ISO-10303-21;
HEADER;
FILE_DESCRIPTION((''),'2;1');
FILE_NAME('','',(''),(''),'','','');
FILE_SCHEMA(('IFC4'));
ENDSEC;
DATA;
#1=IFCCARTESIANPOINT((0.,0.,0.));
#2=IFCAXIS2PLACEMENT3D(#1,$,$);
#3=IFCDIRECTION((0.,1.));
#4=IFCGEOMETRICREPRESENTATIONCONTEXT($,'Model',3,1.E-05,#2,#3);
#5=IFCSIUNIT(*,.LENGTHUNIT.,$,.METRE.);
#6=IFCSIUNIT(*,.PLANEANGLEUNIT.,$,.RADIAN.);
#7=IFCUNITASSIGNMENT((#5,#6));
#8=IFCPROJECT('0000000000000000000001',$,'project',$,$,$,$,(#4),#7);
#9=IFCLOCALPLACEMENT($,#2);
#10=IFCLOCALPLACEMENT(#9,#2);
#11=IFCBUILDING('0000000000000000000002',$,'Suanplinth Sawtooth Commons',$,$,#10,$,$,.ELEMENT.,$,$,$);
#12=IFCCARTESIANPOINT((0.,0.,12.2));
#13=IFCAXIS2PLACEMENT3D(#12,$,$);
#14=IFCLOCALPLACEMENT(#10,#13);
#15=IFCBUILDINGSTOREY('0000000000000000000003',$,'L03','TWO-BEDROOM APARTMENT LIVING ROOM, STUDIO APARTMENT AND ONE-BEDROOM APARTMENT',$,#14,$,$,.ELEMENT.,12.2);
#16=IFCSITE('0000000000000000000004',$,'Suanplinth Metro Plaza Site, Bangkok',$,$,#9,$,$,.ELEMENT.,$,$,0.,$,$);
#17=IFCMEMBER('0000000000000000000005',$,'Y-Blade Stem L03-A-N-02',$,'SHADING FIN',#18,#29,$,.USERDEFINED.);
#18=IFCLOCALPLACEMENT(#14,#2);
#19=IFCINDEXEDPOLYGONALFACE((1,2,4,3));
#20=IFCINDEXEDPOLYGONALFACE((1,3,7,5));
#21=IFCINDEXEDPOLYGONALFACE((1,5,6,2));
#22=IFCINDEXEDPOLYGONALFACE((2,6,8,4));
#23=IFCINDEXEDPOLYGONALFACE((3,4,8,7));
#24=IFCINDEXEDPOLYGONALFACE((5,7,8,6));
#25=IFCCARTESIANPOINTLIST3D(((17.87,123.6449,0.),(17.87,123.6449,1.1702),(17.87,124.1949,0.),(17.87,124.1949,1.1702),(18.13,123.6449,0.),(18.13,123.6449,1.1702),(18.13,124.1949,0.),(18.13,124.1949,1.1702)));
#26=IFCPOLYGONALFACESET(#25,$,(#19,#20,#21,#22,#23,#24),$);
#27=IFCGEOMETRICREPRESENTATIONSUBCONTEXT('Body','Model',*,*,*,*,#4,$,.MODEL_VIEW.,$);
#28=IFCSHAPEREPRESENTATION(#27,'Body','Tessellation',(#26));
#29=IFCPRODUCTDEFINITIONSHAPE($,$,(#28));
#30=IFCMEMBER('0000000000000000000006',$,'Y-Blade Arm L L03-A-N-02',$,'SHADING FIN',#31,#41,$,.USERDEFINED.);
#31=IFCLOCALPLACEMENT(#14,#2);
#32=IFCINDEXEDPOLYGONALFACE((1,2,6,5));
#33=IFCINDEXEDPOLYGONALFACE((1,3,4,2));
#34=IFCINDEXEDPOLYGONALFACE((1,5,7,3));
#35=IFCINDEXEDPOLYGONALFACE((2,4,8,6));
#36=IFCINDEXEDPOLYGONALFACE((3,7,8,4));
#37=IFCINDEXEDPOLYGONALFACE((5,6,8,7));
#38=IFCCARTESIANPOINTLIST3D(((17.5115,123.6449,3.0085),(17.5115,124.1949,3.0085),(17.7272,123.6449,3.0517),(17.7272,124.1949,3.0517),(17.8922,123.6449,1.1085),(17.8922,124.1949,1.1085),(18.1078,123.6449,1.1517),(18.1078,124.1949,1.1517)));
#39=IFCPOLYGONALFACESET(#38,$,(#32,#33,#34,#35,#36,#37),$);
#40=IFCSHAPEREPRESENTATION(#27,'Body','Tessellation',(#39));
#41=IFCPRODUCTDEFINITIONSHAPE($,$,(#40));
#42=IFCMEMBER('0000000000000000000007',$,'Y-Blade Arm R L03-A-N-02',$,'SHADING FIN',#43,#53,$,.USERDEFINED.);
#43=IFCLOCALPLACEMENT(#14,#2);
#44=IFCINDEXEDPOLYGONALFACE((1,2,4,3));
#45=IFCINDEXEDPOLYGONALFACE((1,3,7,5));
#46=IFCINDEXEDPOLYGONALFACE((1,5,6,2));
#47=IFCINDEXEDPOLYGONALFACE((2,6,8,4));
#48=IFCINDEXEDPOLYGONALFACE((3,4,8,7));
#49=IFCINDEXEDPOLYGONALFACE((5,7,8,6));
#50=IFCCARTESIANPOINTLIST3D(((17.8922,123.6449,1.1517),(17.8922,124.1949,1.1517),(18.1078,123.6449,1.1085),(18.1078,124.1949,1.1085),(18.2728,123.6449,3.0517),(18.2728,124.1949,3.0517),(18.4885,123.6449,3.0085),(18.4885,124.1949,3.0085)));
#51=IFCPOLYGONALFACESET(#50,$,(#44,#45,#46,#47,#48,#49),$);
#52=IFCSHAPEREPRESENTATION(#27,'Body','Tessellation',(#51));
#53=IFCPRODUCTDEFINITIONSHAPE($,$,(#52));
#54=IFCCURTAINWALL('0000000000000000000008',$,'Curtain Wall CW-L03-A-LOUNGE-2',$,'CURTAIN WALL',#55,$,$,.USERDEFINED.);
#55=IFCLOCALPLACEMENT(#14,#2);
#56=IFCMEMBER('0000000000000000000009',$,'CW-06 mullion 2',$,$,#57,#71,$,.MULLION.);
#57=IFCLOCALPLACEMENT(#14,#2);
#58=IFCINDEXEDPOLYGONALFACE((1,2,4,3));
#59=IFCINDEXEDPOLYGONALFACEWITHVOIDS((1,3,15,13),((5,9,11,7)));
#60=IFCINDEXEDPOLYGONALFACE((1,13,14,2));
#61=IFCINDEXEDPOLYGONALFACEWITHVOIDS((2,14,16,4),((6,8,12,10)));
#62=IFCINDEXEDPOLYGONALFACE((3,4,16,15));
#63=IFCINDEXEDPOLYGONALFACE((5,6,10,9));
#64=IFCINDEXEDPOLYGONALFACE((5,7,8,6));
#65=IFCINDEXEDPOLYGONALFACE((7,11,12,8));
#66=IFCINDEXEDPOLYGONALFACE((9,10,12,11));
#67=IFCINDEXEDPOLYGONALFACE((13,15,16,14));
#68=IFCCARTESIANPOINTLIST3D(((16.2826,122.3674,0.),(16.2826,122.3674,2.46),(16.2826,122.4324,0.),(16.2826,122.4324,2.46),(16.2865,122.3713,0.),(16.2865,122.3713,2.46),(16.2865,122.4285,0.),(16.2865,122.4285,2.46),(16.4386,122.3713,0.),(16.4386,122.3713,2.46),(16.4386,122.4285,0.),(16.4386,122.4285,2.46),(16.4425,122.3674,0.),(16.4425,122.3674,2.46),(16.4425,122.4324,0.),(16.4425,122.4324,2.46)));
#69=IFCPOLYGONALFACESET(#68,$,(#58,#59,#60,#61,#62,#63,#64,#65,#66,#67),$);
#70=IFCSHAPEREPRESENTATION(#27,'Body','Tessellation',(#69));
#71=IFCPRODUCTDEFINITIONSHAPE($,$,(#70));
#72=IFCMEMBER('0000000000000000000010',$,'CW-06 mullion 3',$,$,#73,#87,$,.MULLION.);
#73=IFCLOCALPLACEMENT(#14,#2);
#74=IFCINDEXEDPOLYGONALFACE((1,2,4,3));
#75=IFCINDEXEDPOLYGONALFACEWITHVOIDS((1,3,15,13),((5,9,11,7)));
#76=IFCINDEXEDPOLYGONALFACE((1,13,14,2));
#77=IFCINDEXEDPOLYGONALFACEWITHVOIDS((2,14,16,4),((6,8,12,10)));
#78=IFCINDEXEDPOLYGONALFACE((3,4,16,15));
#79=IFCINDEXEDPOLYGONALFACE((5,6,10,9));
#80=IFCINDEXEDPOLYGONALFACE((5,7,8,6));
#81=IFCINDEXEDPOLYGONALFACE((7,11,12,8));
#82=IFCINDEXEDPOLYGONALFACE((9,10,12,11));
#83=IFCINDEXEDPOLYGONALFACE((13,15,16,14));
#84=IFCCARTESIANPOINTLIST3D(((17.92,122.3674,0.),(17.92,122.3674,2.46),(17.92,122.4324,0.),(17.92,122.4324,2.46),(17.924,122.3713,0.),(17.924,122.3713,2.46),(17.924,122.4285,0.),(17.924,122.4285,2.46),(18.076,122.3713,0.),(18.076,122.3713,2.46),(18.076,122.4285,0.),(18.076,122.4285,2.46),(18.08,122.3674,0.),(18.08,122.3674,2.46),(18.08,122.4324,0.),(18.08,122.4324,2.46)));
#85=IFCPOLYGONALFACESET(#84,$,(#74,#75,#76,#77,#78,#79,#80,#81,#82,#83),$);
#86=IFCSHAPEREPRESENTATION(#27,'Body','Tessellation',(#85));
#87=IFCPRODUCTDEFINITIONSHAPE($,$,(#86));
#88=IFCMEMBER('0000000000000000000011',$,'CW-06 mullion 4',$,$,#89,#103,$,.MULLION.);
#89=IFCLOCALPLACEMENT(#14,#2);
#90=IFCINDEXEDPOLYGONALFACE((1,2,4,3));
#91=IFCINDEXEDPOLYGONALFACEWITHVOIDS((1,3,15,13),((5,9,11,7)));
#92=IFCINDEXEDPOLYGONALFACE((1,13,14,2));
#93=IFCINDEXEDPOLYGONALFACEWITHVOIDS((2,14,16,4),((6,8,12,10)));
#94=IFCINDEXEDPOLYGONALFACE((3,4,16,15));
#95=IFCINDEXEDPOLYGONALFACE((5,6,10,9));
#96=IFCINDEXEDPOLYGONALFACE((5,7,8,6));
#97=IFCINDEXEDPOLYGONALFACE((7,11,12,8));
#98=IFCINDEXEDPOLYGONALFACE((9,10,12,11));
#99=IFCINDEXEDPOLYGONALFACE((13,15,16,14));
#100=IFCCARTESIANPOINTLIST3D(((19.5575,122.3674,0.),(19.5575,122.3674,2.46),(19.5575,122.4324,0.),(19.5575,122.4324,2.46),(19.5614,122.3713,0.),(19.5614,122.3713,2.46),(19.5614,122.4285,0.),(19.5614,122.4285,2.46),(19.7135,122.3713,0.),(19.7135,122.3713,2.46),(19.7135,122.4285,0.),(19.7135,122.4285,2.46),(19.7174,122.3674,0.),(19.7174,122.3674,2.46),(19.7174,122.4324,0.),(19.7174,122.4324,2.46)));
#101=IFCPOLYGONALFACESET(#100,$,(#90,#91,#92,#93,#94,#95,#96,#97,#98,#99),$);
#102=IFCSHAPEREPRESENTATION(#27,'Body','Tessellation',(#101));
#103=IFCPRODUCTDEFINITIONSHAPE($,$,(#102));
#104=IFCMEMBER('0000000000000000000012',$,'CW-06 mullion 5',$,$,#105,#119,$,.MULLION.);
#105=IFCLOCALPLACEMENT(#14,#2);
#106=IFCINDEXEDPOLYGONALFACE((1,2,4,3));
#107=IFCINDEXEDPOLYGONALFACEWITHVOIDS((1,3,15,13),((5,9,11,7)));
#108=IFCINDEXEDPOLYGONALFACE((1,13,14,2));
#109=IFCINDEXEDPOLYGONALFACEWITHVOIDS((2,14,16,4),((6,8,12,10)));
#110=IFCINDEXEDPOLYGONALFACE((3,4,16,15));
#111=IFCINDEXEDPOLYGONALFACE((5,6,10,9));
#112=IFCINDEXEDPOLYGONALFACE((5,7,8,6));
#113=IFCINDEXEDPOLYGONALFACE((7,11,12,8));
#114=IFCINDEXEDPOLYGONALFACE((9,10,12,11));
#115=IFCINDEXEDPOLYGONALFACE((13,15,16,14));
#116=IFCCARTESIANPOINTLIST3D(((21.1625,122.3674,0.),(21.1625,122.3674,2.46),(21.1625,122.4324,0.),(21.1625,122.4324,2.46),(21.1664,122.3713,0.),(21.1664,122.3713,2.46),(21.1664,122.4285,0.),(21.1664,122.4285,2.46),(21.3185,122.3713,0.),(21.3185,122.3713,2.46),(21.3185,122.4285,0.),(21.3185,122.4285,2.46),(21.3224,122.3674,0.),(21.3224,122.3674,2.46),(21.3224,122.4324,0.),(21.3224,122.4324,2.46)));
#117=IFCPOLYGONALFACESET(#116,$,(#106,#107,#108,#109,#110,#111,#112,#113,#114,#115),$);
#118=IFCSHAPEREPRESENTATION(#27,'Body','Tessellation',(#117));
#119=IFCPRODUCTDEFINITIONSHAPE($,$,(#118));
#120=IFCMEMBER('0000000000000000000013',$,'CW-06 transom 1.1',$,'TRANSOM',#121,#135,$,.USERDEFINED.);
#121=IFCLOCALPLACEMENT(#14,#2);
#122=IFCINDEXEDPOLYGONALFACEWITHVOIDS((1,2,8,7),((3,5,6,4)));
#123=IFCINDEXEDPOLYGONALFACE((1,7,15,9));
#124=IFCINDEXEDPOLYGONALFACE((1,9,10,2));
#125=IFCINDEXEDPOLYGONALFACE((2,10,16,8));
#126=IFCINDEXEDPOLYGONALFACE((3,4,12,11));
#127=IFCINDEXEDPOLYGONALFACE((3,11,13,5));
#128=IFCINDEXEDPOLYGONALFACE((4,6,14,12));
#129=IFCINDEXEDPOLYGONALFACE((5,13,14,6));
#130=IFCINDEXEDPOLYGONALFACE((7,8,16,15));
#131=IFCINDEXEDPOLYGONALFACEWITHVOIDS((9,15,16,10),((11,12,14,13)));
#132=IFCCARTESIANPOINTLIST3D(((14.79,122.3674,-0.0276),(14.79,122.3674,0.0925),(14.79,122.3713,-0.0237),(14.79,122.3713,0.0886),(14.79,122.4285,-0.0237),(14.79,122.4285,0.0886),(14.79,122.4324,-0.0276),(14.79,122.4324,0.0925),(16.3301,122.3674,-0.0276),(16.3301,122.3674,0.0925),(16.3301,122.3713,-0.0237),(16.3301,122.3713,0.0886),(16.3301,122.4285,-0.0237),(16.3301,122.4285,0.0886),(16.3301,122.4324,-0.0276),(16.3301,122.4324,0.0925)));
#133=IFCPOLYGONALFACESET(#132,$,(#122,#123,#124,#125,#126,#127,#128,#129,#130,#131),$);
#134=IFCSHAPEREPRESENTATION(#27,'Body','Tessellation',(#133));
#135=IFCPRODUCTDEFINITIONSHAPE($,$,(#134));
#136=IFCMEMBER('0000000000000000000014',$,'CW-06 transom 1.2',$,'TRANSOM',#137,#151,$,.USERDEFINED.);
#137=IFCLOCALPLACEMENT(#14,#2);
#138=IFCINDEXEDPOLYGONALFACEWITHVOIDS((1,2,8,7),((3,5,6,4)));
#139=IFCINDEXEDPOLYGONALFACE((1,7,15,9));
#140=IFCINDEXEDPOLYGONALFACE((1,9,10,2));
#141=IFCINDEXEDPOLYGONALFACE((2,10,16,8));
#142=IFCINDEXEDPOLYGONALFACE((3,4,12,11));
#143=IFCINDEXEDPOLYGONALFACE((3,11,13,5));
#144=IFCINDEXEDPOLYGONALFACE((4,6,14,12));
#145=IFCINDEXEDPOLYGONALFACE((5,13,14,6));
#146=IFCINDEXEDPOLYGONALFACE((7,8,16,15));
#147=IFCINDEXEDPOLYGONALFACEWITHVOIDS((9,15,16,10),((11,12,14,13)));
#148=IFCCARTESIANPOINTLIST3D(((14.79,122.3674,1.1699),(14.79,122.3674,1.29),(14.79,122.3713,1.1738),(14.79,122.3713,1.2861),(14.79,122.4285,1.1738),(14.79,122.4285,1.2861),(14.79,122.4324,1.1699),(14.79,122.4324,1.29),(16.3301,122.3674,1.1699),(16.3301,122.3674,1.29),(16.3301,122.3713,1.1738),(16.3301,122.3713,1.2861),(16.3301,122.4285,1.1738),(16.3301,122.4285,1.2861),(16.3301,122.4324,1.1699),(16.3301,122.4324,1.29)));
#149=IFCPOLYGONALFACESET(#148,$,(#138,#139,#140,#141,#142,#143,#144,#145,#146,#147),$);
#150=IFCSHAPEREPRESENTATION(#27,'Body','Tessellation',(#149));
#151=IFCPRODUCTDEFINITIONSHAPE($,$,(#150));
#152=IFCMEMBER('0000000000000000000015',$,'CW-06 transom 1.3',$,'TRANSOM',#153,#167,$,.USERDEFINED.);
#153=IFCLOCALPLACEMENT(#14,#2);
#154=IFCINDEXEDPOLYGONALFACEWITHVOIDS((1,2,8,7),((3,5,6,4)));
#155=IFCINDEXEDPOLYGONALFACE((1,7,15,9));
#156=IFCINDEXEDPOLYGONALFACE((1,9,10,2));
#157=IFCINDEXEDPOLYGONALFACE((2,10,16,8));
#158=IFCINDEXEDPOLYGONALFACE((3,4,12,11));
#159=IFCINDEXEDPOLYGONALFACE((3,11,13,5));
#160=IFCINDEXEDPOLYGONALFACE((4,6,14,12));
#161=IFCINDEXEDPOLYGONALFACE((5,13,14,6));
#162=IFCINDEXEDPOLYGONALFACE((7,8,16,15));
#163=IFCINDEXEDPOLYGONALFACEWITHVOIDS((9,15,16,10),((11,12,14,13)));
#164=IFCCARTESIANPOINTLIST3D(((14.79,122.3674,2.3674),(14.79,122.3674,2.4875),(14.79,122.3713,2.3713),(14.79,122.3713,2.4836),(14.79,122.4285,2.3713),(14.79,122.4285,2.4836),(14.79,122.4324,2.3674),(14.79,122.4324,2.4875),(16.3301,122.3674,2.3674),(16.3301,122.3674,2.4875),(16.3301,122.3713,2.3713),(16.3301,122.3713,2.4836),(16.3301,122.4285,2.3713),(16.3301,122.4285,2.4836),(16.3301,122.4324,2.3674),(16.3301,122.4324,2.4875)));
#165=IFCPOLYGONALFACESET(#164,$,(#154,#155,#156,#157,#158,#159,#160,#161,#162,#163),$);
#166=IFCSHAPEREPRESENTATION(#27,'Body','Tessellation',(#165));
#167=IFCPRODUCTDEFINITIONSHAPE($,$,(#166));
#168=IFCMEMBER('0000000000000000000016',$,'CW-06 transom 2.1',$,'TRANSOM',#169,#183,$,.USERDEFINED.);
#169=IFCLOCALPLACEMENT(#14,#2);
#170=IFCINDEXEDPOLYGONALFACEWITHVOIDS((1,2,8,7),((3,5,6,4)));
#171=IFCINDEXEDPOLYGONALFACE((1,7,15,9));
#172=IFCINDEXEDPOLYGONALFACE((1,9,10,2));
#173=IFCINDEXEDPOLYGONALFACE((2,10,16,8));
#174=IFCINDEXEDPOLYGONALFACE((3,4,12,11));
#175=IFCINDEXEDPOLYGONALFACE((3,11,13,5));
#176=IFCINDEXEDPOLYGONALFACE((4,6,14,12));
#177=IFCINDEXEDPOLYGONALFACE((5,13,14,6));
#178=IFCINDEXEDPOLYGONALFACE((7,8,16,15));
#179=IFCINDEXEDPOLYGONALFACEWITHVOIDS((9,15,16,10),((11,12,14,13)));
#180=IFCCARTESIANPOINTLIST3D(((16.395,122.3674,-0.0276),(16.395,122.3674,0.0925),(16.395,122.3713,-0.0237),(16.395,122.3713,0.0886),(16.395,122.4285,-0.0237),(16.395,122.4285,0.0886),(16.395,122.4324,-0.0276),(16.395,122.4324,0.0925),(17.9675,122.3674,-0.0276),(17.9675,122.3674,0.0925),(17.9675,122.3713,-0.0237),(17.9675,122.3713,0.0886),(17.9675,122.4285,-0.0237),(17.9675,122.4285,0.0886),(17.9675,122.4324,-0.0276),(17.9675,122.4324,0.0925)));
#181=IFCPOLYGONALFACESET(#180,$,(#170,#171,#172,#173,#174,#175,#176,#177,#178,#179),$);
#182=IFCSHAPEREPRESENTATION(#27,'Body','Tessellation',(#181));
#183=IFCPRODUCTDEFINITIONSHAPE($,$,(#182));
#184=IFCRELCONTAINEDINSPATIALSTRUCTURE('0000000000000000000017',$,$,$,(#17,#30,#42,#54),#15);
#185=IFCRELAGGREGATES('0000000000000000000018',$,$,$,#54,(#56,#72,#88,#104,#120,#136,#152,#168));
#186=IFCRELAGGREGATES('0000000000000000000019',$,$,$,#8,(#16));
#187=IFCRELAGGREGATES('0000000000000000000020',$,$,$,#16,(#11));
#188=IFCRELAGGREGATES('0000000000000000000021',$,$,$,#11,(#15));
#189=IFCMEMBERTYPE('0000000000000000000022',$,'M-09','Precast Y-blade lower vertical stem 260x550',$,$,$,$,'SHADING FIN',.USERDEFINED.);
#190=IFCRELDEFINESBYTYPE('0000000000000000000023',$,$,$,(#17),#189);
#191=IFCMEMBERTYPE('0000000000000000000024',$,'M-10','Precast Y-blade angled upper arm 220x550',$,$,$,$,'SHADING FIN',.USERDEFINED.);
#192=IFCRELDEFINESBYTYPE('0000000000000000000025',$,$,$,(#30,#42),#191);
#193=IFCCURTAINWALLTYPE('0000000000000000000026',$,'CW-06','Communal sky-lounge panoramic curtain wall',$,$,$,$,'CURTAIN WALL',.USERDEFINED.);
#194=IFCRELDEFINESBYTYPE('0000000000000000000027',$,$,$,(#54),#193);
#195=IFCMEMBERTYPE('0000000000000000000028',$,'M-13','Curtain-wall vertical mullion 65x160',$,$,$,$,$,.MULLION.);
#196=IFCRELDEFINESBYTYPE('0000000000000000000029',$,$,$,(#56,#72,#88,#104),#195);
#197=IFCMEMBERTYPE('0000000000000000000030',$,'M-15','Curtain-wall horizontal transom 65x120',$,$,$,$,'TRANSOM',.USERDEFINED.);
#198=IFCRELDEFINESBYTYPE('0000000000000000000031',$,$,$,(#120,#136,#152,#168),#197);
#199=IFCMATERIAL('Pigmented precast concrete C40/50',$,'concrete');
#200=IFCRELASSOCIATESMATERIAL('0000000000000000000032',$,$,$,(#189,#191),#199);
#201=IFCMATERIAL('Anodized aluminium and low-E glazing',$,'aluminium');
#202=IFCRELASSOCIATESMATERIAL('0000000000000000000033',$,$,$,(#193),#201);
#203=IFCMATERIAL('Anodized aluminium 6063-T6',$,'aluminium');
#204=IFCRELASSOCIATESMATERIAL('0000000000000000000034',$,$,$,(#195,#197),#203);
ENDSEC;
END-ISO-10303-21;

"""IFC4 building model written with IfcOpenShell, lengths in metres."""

from ifc_helpers import new_model, si_unit, direction, frame, origin, origin_2d, place, context, subcontext, project, spatial, rectangle, hollow_rectangle, extrude, material, material_profile, profile_set, type_object, element, aggregate, save


model = new_model("IFC4")

# Units and contexts
model_context = context("Model", 3, precision=1e-05, world=origin(), true_north=direction((0.0, 1.0)))
body_context = subcontext(model_context, "Body", "Model", "MODEL_VIEW")
ifc_project = project(units=[si_unit("LENGTHUNIT", "METRE"), si_unit("PLANEANGLEUNIT", "RADIAN")], contexts=[model_context])

# Site, building, storey
site_placement = place(None, origin())
site = spatial("IfcSite", under=ifc_project, at=site_placement, Name="Suanplinth Metro Plaza Site, Bangkok", CompositionType="ELEMENT", RefElevation=0.0)
building_placement = place(site_placement, origin())
building = spatial("IfcBuilding", under=site, at=building_placement, Name="Suanplinth Sawtooth Commons", CompositionType="ELEMENT")
storey_placement = place(building_placement, frame((0.0, 0.0, 12.2)))
storey = spatial("IfcBuildingStorey", under=building, at=storey_placement, Name="L03", Description="TWO-BEDROOM APARTMENT LIVING ROOM, STUDIO APARTMENT AND ONE-BEDROOM APARTMENT", CompositionType="ELEMENT", Elevation=12.2)

# Members
ifc_material_1 = material(Name="Pigmented precast concrete C40/50", Category="concrete")
ifc_material_profile_1 = material_profile(ifc_material_1, rectangle(XDim=0.26, YDim=0.55, at=origin_2d()), Name="PC-FIN 260x550")
ifc_profile_set_1 = profile_set([ifc_material_profile_1], Name="Pigmented precast concrete C40/50")
member_type_1 = type_object("IfcMemberType", Name="M-09", Description="Precast Y-blade lower vertical stem 260x550", ElementType="SHADING FIN", PredefinedType="USERDEFINED", material=ifc_profile_set_1)
member_1_placement = place(storey_placement, frame((18.0, 123.9199, 0.0), z_axis=(0.0, 0.0, 1.0), x_axis=(1.0, 0.0, 0.0)))
element("IfcMember", 1, at=member_1_placement, inside=storey, type_object=member_type_1, Name="Y-Blade Stem L03-A-N-02", ObjectType="SHADING FIN", PredefinedType="USERDEFINED", context=body_context, shape_type="SweptSolid", body=[
    extrude(rectangle(XDim=0.26, YDim=0.55, at=origin_2d()), origin(), (0.0, 0.0, 1.0), 1.1702),
])
ifc_material_profile_2 = material_profile(ifc_material_1, rectangle(XDim=0.22, YDim=0.55, at=origin_2d()), Name="PC-FIN 220x550")
ifc_profile_set_2 = profile_set([ifc_material_profile_2], Name="Pigmented precast concrete C40/50")
member_type_2 = type_object("IfcMemberType", Name="M-10", Description="Precast Y-blade angled upper arm 220x550", ElementType="SHADING FIN", PredefinedType="USERDEFINED", material=ifc_profile_set_2)
for number, where, z_axis, x_axis, name in (
    (2, (18.0, 123.9199, 1.1301), (-0.196431, 0.0, 0.980518), (0.980518, 0.0, 0.196431), "Y-Blade Arm L L03-A-N-02"),
    (3, (18.0, 123.9199, 1.1301), (0.196431, 0.0, 0.980518), (-0.980518, 0.0, 0.196431), "Y-Blade Arm R L03-A-N-02"),
):
    element("IfcMember", number, at=place(storey_placement, frame(where, z_axis=z_axis, x_axis=x_axis)), inside=storey, type_object=member_type_2, Name=name, ObjectType="SHADING FIN", PredefinedType="USERDEFINED", context=body_context, shape_type="SweptSolid", body=[
        extrude(rectangle(XDim=0.22, YDim=0.55, at=origin_2d()), origin(), (0.0, 0.0, 1.0), 1.9377),
    ])

# Curtain wall, members
ifc_material_2 = material(Name="Anodized aluminium and low-E glazing", Category="aluminium")
curtain_wall_type = type_object("IfcCurtainWallType", Name="CW-06", Description="Communal sky-lounge panoramic curtain wall", ElementType="CURTAIN WALL", PredefinedType="USERDEFINED", material=ifc_material_2)
curtain_wall_placement = place(storey_placement, origin())
curtain_wall = element("IfcCurtainWall", 4, at=curtain_wall_placement, inside=storey, type_object=curtain_wall_type, Name="Curtain Wall CW-L03-A-LOUNGE-2", ObjectType="CURTAIN WALL", PredefinedType="USERDEFINED")
ifc_material_3 = material(Name="Anodized aluminium 6063-T6", Category="aluminium")
ifc_material_profile_3 = material_profile(ifc_material_3, hollow_rectangle(XDim=0.0649, YDim=0.1599, WallThickness=0.0039, at=origin_2d()), Name="ALU-MUL 65x160")
ifc_profile_set_3 = profile_set([ifc_material_profile_3], Name="Anodized aluminium 6063-T6")
member_type_3 = type_object("IfcMemberType", Name="M-13", Description="Curtain-wall vertical mullion 65x160", PredefinedType="MULLION", material=ifc_profile_set_3)
member_2_placement = place(storey_placement, frame((16.3625, 122.3999, 0.0), z_axis=(0.0, 0.0, 1.0), x_axis=(0.0, 1.0, 0.0)))
member_2 = element("IfcMember", 5, at=member_2_placement, type_object=member_type_3, Name="CW-06 mullion 2", PredefinedType="MULLION", context=body_context, shape_type="SweptSolid", body=[
    extrude(hollow_rectangle(XDim=0.0649, YDim=0.1599, WallThickness=0.0039, at=origin_2d()), origin(), (0.0, 0.0, 1.0), 2.46),
])
member_3_placement = place(storey_placement, frame((18.0, 122.3999, 0.0), z_axis=(0.0, 0.0, 1.0), x_axis=(0.0, 1.0, 0.0)))
member_3 = element("IfcMember", 6, at=member_3_placement, type_object=member_type_3, Name="CW-06 mullion 3", PredefinedType="MULLION", context=body_context, shape_type="SweptSolid", body=[
    extrude(hollow_rectangle(XDim=0.0649, YDim=0.1599, WallThickness=0.0039, at=origin_2d()), origin(), (0.0, 0.0, 1.0), 2.46),
])
member_4_placement = place(storey_placement, frame((19.6375, 122.3999, 0.0), z_axis=(0.0, 0.0, 1.0), x_axis=(0.0, 1.0, 0.0)))
member_4 = element("IfcMember", 7, at=member_4_placement, type_object=member_type_3, Name="CW-06 mullion 4", PredefinedType="MULLION", context=body_context, shape_type="SweptSolid", body=[
    extrude(hollow_rectangle(XDim=0.0649, YDim=0.1599, WallThickness=0.0039, at=origin_2d()), origin(), (0.0, 0.0, 1.0), 2.46),
])
member_5_placement = place(storey_placement, frame((21.2424, 122.3999, 0.0), z_axis=(0.0, 0.0, 1.0), x_axis=(0.0, 1.0, 0.0)))
member_5 = element("IfcMember", 8, at=member_5_placement, type_object=member_type_3, Name="CW-06 mullion 5", PredefinedType="MULLION", context=body_context, shape_type="SweptSolid", body=[
    extrude(hollow_rectangle(XDim=0.0649, YDim=0.1599, WallThickness=0.0039, at=origin_2d()), origin(), (0.0, 0.0, 1.0), 2.46),
])
ifc_material_profile_4 = material_profile(ifc_material_3, hollow_rectangle(XDim=0.0649, YDim=0.1201, WallThickness=0.0039, at=origin_2d()), Name="ALU-TRN 65x120")
ifc_profile_set_4 = profile_set([ifc_material_profile_4], Name="Anodized aluminium 6063-T6")
member_type_4 = type_object("IfcMemberType", Name="M-15", Description="Curtain-wall horizontal transom 65x120", ElementType="TRANSOM", PredefinedType="USERDEFINED", material=ifc_profile_set_4)
member_6_placement = place(storey_placement, frame((14.79, 122.3999, 0.0325), z_axis=(1.0, 0.0, 0.0), x_axis=(0.0, 1.0, 0.0)))
member_6 = element("IfcMember", 9, at=member_6_placement, type_object=member_type_4, Name="CW-06 transom 1.1", ObjectType="TRANSOM", PredefinedType="USERDEFINED", context=body_context, shape_type="SweptSolid", body=[
    extrude(hollow_rectangle(XDim=0.0649, YDim=0.1201, WallThickness=0.0039, at=origin_2d()), origin(), (0.0, 0.0, 1.0), 1.54),
])
member_7_placement = place(storey_placement, frame((14.79, 122.3999, 1.23), z_axis=(1.0, 0.0, 0.0), x_axis=(0.0, 1.0, 0.0)))
member_7 = element("IfcMember", 10, at=member_7_placement, type_object=member_type_4, Name="CW-06 transom 1.2", ObjectType="TRANSOM", PredefinedType="USERDEFINED", context=body_context, shape_type="SweptSolid", body=[
    extrude(hollow_rectangle(XDim=0.0649, YDim=0.1201, WallThickness=0.0039, at=origin_2d()), origin(), (0.0, 0.0, 1.0), 1.54),
])
member_8_placement = place(storey_placement, frame((14.79, 122.3999, 2.4275), z_axis=(1.0, 0.0, 0.0), x_axis=(0.0, 1.0, 0.0)))
member_8 = element("IfcMember", 11, at=member_8_placement, type_object=member_type_4, Name="CW-06 transom 1.3", ObjectType="TRANSOM", PredefinedType="USERDEFINED", context=body_context, shape_type="SweptSolid", body=[
    extrude(hollow_rectangle(XDim=0.0649, YDim=0.1201, WallThickness=0.0039, at=origin_2d()), origin(), (0.0, 0.0, 1.0), 1.54),
])
member_9_placement = place(storey_placement, frame((16.395, 122.3999, 0.0325), z_axis=(1.0, 0.0, 0.0), x_axis=(0.0, 1.0, 0.0)))
member_9 = element("IfcMember", 12, at=member_9_placement, type_object=member_type_4, Name="CW-06 transom 2.1", ObjectType="TRANSOM", PredefinedType="USERDEFINED", context=body_context, shape_type="SweptSolid", body=[
    extrude(hollow_rectangle(XDim=0.0649, YDim=0.1201, WallThickness=0.0039, at=origin_2d()), origin(), (0.0, 0.0, 1.0), 1.5725),
])

aggregate(curtain_wall, [member_2, member_3, member_4, member_5, member_6, member_7, member_8, member_9])

save(model, "model.ifc")
